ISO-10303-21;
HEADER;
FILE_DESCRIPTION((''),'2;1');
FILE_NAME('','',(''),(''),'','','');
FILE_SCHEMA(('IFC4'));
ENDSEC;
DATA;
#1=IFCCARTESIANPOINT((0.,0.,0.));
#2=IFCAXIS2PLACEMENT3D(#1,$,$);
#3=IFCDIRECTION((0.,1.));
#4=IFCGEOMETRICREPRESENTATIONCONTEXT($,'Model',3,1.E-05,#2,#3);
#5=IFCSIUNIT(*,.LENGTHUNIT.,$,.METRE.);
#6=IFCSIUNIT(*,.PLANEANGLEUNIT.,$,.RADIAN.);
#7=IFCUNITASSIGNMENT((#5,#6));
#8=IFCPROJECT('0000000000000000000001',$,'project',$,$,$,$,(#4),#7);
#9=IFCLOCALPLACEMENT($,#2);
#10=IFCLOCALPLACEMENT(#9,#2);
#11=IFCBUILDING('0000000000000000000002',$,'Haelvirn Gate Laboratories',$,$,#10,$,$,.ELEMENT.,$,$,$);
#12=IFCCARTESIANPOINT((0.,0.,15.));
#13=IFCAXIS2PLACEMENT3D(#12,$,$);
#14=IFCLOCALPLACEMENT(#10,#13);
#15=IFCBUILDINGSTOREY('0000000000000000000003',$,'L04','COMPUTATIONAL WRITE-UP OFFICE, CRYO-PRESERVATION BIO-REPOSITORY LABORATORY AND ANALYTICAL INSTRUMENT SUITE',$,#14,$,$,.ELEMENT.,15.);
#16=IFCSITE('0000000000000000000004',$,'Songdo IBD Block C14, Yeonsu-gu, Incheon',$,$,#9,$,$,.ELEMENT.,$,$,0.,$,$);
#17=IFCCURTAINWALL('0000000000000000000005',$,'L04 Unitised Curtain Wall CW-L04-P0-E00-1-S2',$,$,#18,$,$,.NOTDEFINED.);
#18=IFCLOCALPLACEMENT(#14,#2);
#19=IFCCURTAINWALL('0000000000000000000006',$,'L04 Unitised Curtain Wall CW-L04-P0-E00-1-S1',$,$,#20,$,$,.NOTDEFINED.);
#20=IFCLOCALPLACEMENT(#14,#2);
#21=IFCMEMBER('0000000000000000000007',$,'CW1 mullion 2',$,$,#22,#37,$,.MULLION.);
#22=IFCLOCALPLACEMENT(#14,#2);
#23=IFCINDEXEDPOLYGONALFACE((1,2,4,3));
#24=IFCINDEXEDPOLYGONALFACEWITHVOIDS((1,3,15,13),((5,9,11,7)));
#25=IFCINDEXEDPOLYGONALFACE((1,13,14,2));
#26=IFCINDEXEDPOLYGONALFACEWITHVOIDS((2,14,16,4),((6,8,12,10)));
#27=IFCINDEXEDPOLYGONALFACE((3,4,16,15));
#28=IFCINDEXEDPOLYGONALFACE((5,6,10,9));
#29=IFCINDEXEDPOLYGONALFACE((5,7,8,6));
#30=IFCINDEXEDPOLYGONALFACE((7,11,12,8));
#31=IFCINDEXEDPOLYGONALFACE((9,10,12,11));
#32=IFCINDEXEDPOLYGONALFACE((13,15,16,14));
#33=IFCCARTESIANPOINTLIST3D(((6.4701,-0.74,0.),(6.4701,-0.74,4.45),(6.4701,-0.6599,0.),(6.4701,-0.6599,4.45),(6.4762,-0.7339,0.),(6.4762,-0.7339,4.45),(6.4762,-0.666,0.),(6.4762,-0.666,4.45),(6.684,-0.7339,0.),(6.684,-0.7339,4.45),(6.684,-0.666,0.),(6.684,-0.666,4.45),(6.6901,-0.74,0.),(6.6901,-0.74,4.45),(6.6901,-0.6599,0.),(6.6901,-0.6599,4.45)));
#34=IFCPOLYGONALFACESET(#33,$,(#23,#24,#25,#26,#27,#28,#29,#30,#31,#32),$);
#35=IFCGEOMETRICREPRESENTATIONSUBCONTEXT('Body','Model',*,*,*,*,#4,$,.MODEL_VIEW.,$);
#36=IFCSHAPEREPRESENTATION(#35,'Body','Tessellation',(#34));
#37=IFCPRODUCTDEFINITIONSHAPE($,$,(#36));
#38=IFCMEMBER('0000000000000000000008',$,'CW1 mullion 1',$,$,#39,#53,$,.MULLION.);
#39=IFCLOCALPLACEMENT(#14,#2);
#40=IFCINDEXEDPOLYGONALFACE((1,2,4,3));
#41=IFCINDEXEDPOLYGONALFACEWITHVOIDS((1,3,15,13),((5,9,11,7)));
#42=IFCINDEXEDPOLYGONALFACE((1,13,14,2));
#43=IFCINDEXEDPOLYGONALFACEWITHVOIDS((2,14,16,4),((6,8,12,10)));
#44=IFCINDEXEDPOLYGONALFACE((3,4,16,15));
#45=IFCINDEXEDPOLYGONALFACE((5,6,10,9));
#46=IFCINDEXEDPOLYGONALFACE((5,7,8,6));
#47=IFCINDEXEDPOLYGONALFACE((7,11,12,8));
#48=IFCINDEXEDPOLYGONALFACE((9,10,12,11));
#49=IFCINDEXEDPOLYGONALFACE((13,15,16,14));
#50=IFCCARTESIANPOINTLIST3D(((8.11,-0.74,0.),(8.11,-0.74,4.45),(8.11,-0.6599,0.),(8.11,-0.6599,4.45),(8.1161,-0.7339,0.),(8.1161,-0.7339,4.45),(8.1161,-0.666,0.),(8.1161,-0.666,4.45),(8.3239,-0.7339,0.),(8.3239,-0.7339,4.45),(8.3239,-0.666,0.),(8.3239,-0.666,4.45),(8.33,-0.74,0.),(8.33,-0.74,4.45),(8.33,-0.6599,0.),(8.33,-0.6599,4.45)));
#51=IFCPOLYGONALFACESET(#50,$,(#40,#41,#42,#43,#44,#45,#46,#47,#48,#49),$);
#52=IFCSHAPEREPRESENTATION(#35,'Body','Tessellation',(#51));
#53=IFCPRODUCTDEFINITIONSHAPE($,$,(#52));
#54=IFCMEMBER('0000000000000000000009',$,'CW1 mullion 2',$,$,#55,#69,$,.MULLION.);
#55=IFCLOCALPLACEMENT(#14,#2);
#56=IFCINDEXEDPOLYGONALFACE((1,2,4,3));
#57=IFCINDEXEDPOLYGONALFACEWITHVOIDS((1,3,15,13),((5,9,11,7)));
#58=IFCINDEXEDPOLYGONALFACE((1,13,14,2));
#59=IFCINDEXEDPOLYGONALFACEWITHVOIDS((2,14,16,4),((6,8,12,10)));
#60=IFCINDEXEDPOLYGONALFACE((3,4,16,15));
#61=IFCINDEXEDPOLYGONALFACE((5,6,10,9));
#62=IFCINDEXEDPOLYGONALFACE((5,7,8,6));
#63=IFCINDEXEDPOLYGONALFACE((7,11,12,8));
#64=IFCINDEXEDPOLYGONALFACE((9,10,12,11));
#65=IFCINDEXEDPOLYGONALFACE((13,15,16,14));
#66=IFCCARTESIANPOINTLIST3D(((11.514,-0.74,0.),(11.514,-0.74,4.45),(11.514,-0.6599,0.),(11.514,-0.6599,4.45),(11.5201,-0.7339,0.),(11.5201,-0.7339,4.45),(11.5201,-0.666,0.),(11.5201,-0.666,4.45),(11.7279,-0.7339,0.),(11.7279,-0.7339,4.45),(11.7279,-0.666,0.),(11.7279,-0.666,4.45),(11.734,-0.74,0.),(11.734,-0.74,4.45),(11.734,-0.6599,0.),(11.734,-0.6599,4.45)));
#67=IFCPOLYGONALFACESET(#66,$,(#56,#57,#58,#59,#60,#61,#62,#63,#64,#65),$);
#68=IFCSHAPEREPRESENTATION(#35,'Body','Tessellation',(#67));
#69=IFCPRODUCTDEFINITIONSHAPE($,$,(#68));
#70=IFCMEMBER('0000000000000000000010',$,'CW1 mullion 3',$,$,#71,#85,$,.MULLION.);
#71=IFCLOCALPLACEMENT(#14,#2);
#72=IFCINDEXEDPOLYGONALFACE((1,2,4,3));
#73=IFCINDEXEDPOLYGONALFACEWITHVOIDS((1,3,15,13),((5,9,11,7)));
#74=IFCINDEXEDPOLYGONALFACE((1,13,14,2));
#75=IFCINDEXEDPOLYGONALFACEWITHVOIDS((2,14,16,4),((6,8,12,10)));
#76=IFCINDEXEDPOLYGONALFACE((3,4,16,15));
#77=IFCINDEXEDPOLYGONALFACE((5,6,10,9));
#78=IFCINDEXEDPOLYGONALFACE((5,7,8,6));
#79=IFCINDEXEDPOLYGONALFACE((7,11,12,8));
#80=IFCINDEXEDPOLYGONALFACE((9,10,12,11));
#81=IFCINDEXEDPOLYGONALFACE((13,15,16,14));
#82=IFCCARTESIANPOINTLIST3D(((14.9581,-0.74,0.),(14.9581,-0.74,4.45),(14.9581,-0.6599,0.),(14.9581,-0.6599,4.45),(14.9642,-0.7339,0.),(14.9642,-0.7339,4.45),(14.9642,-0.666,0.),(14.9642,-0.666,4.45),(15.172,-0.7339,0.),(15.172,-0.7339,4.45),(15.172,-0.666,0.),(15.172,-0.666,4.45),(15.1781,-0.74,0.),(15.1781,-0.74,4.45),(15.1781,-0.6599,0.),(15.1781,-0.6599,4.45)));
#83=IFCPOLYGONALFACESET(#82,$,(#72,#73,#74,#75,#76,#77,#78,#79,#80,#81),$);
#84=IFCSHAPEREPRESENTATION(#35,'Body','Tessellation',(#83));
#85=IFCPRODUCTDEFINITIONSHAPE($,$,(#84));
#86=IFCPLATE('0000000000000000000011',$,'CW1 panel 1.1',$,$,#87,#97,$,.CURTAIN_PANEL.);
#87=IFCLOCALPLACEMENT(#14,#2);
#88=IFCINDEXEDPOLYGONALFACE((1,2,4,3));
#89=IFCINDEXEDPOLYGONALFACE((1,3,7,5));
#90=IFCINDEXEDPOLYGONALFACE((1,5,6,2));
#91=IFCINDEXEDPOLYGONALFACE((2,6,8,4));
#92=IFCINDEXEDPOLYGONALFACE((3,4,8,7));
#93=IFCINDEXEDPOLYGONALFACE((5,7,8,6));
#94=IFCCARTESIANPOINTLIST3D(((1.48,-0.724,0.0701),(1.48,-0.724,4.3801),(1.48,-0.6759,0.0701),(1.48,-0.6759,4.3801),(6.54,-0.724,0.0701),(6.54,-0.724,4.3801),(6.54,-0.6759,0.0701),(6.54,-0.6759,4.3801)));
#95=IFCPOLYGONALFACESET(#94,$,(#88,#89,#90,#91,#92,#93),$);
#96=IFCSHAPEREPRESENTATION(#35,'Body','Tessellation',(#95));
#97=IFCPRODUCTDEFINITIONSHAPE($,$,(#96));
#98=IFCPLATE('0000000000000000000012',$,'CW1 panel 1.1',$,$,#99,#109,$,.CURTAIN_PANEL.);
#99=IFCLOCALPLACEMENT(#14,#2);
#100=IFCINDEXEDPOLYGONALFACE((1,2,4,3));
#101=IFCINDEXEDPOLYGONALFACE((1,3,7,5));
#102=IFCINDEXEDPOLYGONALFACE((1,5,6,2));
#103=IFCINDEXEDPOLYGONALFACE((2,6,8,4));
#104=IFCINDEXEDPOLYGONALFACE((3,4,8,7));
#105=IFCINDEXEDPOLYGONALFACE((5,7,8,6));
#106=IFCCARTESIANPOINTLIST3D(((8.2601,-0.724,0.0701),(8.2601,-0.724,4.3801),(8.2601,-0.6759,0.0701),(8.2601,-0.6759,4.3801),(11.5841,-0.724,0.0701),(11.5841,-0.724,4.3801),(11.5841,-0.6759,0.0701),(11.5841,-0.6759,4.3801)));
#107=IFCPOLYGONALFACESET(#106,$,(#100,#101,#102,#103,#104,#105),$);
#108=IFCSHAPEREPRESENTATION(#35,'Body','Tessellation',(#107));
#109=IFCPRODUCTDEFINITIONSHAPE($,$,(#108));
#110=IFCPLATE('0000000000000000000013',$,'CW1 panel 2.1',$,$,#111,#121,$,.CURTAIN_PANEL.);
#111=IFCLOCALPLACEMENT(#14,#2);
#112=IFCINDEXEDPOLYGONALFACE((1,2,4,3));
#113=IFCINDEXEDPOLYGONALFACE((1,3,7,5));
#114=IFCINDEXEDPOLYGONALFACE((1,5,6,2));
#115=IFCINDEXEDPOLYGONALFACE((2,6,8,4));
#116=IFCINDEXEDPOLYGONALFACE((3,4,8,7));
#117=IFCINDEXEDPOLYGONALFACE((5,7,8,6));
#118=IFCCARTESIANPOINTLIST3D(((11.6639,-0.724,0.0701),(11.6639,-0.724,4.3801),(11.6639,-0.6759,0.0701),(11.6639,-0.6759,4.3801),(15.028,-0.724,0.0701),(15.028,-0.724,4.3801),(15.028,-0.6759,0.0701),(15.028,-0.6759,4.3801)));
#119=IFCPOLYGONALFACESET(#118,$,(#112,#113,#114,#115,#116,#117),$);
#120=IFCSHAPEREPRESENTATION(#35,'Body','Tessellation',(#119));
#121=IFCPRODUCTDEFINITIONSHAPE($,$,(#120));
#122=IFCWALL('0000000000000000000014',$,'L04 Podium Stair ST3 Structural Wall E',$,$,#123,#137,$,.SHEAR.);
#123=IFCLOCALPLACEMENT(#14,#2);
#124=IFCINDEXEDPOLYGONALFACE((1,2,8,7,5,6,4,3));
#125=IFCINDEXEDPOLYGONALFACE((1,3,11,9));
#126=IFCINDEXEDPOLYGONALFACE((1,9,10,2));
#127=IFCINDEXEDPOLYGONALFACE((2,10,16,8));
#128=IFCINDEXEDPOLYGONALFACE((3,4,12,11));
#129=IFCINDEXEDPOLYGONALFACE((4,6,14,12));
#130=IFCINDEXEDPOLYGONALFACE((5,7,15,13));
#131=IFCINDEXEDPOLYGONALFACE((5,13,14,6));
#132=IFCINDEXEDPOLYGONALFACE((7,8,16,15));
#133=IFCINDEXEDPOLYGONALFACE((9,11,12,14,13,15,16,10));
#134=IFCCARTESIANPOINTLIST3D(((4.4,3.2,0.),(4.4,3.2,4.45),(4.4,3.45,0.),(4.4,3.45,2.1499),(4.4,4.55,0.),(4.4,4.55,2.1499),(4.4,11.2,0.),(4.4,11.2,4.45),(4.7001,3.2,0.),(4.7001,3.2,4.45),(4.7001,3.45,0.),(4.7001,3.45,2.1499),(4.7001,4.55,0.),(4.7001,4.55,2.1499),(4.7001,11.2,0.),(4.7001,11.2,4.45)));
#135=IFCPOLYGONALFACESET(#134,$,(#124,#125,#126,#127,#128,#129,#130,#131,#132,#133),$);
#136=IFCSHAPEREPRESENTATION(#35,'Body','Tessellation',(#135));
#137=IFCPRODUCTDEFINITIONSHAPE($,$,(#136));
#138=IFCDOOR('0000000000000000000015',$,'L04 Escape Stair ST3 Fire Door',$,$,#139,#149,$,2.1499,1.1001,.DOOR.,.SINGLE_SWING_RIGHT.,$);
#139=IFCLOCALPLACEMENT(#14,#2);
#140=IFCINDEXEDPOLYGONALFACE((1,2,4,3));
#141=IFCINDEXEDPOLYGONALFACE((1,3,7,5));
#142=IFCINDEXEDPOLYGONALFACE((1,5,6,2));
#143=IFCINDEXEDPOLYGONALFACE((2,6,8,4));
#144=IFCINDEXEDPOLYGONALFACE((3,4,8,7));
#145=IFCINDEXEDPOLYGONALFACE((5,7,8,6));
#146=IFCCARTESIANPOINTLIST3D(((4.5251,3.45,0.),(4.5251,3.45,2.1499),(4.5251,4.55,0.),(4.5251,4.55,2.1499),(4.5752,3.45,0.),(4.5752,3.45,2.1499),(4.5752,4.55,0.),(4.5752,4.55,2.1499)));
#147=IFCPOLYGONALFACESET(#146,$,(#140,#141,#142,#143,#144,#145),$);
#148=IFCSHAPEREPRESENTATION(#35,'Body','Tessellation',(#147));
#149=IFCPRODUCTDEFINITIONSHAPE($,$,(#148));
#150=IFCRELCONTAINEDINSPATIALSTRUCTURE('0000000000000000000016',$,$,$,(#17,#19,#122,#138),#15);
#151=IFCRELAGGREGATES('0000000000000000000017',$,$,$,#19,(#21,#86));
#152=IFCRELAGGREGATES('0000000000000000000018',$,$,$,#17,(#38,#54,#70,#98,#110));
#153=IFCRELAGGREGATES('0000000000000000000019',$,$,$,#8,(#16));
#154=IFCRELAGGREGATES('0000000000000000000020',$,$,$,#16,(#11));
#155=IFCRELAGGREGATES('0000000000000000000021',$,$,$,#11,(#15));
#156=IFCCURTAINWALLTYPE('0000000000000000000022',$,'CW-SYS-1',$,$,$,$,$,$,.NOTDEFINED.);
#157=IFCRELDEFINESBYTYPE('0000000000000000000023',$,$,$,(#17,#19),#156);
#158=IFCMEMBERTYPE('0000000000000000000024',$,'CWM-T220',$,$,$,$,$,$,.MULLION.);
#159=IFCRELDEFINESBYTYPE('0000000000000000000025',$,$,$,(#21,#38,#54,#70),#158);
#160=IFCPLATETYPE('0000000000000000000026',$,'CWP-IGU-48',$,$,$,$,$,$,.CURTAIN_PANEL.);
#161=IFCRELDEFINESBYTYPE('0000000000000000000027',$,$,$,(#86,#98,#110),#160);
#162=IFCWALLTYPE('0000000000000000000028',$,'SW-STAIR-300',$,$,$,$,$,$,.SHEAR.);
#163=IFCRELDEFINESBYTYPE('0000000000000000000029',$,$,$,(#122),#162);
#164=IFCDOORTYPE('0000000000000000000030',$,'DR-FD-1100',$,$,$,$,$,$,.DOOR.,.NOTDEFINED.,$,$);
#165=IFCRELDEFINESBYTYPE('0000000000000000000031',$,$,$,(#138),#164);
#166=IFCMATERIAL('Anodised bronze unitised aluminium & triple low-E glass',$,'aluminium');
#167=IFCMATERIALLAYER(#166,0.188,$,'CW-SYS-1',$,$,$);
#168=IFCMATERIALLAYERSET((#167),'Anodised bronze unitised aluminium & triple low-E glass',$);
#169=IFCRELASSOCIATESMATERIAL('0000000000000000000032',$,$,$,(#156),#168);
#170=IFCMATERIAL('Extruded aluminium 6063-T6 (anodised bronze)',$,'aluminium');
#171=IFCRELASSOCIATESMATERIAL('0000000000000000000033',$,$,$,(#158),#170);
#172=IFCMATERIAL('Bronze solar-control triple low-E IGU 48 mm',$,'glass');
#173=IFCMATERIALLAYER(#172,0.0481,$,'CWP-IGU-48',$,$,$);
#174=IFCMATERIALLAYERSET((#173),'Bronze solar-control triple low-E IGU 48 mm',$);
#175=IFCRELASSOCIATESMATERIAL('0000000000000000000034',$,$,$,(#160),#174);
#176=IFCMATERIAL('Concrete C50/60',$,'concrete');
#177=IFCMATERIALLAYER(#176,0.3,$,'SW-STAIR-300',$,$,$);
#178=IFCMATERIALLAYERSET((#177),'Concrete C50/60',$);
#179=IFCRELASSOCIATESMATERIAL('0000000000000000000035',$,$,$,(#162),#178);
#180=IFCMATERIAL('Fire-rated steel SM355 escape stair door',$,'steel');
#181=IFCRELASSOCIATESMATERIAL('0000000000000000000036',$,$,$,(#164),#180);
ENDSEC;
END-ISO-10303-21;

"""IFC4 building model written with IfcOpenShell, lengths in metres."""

from ifc_helpers import new_model, si_unit, direction, frame, frame_2d, origin, origin_2d, place, context, subcontext, project, spatial, rectangle, hollow_rectangle, extrude, source, transform, mapped, material, layer, layer_set, material_profile, profile_set, type_object, type_shapes, element, fill, aggregate, save


model = new_model("IFC4")

# Units and contexts
model_context = context("Model", 3, precision=1e-05, world=origin(), true_north=direction((0.0, 1.0)))
body_context = subcontext(model_context, "Body", "Model", "MODEL_VIEW")
ifc_project = project(units=[si_unit("LENGTHUNIT", "METRE"), si_unit("PLANEANGLEUNIT", "RADIAN")], contexts=[model_context])

# Site, building, storey
site_placement = place(None, origin())
site = spatial("IfcSite", under=ifc_project, at=site_placement, Name="Songdo IBD Block C14, Yeonsu-gu, Incheon", CompositionType="ELEMENT", RefElevation=0.0)
building_placement = place(site_placement, origin())
building = spatial("IfcBuilding", under=site, at=building_placement, Name="Haelvirn Gate Laboratories", CompositionType="ELEMENT")
storey_placement = place(building_placement, frame((0.0, 0.0, 15.0)))
storey = spatial("IfcBuildingStorey", under=building, at=storey_placement, Name="L04", Description="COMPUTATIONAL WRITE-UP OFFICE, CRYO-PRESERVATION BIO-REPOSITORY LABORATORY AND ANALYTICAL INSTRUMENT SUITE", CompositionType="ELEMENT", Elevation=15.0)

# Curtain wall
ifc_material_1 = material(Name="Anodised bronze unitised aluminium & triple low-E glass", Category="aluminium")
ifc_layer_1 = layer(ifc_material_1, 0.188, Name="CW-SYS-1")
ifc_layer_set_1 = layer_set([ifc_layer_1], Name="Anodised bronze unitised aluminium & triple low-E glass")
curtain_wall_type = type_object("IfcCurtainWallType", Name="CW-SYS-1", PredefinedType="NOTDEFINED", material=ifc_layer_set_1)
curtain_wall_1_placement = place(storey_placement, origin())
curtain_wall_1 = element("IfcCurtainWall", 1, at=curtain_wall_1_placement, inside=storey, type_object=curtain_wall_type, Name="L04 Unitised Curtain Wall CW-L04-P0-E00-1-S2", PredefinedType="NOTDEFINED")
ifc_material_2 = material(Name="Extruded aluminium 6063-T6 (anodised bronze)", Category="aluminium")

# Curtain wall, member
curtain_wall_2_placement = place(storey_placement, origin())
curtain_wall_2 = element("IfcCurtainWall", 2, at=curtain_wall_2_placement, inside=storey, type_object=curtain_wall_type, Name="L04 Unitised Curtain Wall CW-L04-P0-E00-1-S1", PredefinedType="NOTDEFINED")
ifc_material_profile_1 = material_profile(ifc_material_2, hollow_rectangle(XDim=0.0801, YDim=0.22, WallThickness=0.0061, at=origin_2d()), Name="CWM-220x80x6")
ifc_profile_set_1 = profile_set([ifc_material_profile_1], Name="Extruded aluminium 6063-T6 (anodised bronze)")
member_type_1 = type_object("IfcMemberType", Name="CWM-T220", PredefinedType="MULLION", material=ifc_profile_set_1)
shared_shape_1 = source(origin(), body_context, "Body", "SweptSolid", [
    extrude(hollow_rectangle(XDim=0.0801, YDim=0.22, WallThickness=0.0061, at=origin_2d()), origin(), (0.0, 0.0, 1.0), 4.45),
])
type_shapes(member_type_1, [shared_shape_1])
member_1_placement = place(storey_placement, frame((6.5801, -0.7, 0.0), z_axis=(0.0, 0.0, 1.0), x_axis=(0.0, 1.0, 0.0)))
member_1 = element("IfcMember", 3, at=member_1_placement, type_object=member_type_1, Name="CW1 mullion 2", PredefinedType="MULLION", context=body_context, shape_type="MappedRepresentation", body=[
    mapped(shared_shape_1, transform((0.0, 0.0, 0.0), scale=1.0)),
])

# Members
member_2_placement = place(storey_placement, frame((8.22, -0.7, 0.0), z_axis=(0.0, 0.0, 1.0), x_axis=(0.0, 1.0, 0.0)))
member_2 = element("IfcMember", 4, at=member_2_placement, type_object=member_type_1, Name="CW1 mullion 1", PredefinedType="MULLION", context=body_context, shape_type="MappedRepresentation", body=[
    mapped(shared_shape_1, transform((0.0, 0.0, 0.0), scale=1.0)),
])
member_3_placement = place(storey_placement, frame((11.624, -0.7, 0.0), z_axis=(0.0, 0.0, 1.0), x_axis=(0.0, 1.0, 0.0)))
member_3 = element("IfcMember", 5, at=member_3_placement, type_object=member_type_1, Name="CW1 mullion 2", PredefinedType="MULLION", context=body_context, shape_type="MappedRepresentation", body=[
    mapped(shared_shape_1, transform((0.0, 0.0, 0.0), scale=1.0)),
])
member_4_placement = place(storey_placement, frame((15.0681, -0.7, 0.0), z_axis=(0.0, 0.0, 1.0), x_axis=(0.0, 1.0, 0.0)))
member_4 = element("IfcMember", 6, at=member_4_placement, type_object=member_type_1, Name="CW1 mullion 3", PredefinedType="MULLION", context=body_context, shape_type="MappedRepresentation", body=[
    mapped(shared_shape_1, transform((0.0, 0.0, 0.0), scale=1.0)),
])

# Plates
ifc_material_3 = material(Name="Bronze solar-control triple low-E IGU 48 mm", Category="glass")
ifc_layer_2 = layer(ifc_material_3, 0.0481, Name="CWP-IGU-48")
ifc_layer_set_2 = layer_set([ifc_layer_2], Name="Bronze solar-control triple low-E IGU 48 mm")
plate_type = type_object("IfcPlateType", Name="CWP-IGU-48", PredefinedType="CURTAIN_PANEL", material=ifc_layer_set_2)
shared_shape_2 = source(origin(), body_context, "Body", "SweptSolid", [
    extrude(rectangle(XDim=5.0601, YDim=0.0481, at=origin_2d()), origin(), (0.0, 0.0, 1.0), 4.3101),
])
plate_1_placement = place(storey_placement, frame((4.01, -0.7, 0.0701), z_axis=(0.0, 0.0, 1.0), x_axis=(1.0, 0.0, 0.0)))
plate_1 = element("IfcPlate", 7, at=plate_1_placement, type_object=plate_type, Name="CW1 panel 1.1", PredefinedType="CURTAIN_PANEL", context=body_context, shape_type="MappedRepresentation", body=[
    mapped(shared_shape_2, transform((0.0, 0.0, 0.0), scale=1.0)),
])
aggregate(curtain_wall_2, [member_1, plate_1])
shared_shape_3 = source(origin(), body_context, "Body", "SweptSolid", [
    extrude(rectangle(XDim=3.324, YDim=0.0481, at=origin_2d()), origin(), (0.0, 0.0, 1.0), 4.3101),
])
plate_2_placement = place(storey_placement, frame((9.9221, -0.7, 0.0701), z_axis=(0.0, 0.0, 1.0), x_axis=(1.0, 0.0, 0.0)))
plate_2 = element("IfcPlate", 8, at=plate_2_placement, type_object=plate_type, Name="CW1 panel 1.1", PredefinedType="CURTAIN_PANEL", context=body_context, shape_type="MappedRepresentation", body=[
    mapped(shared_shape_3, transform((0.0, 0.0, 0.0), scale=1.0)),
])
shared_shape_4 = source(origin(), body_context, "Body", "SweptSolid", [
    extrude(rectangle(XDim=3.364, YDim=0.0481, at=origin_2d()), origin(), (0.0, 0.0, 1.0), 4.3101),
])
type_shapes(plate_type, [shared_shape_2, shared_shape_3, shared_shape_4])
plate_3_placement = place(storey_placement, frame((13.3459, -0.7, 0.0701), z_axis=(0.0, 0.0, 1.0), x_axis=(1.0, 0.0, 0.0)))
plate_3 = element("IfcPlate", 9, at=plate_3_placement, type_object=plate_type, Name="CW1 panel 2.1", PredefinedType="CURTAIN_PANEL", context=body_context, shape_type="MappedRepresentation", body=[
    mapped(shared_shape_4, transform((0.0, 0.0, 0.0), scale=1.0)),
])
aggregate(curtain_wall_1, [member_2, member_3, member_4, plate_2, plate_3])

# Wall, opening, door
ifc_material_4 = material(Name="Concrete C50/60", Category="concrete")
ifc_layer_3 = layer(ifc_material_4, 0.3, Name="SW-STAIR-300")
ifc_layer_set_3 = layer_set([ifc_layer_3], Name="Concrete C50/60")
wall_type = type_object("IfcWallType", Name="SW-STAIR-300", PredefinedType="SHEAR", material=ifc_layer_set_3)
wall_placement = place(storey_placement, frame((4.55, 3.2, 0.0), z_axis=(0.0, 0.0, 1.0), x_axis=(0.0, 1.0, 0.0)))
wall = element("IfcWall", 10, at=wall_placement, inside=storey, type_object=wall_type, Name="L04 Podium Stair ST3 Structural Wall E", PredefinedType="SHEAR", context=body_context, shape_type="SweptSolid", body=[
    extrude(rectangle(XDim=8.0, YDim=0.3, at=frame_2d((4.0, 0.0))), origin(), (0.0, 0.0, 1.0), 4.45),
])
opening_placement = place(wall_placement, frame((0.25, 0.0, 0.0)))
opening = element("IfcOpeningElement", 11, at=opening_placement, cuts=wall, PredefinedType="OPENING", context=body_context, shape_type="SweptSolid", body=[
    extrude(rectangle(XDim=1.1001, YDim=2.1499, at=frame_2d((0.55, 1.075))), frame((0.0, 0.1602, 0.0), z_axis=(0.0, -1.0, 0.0), x_axis=(1.0, 0.0, 0.0)), (0.0, 0.0, 1.0), 0.3201),
])
ifc_material_5 = material(Name="Fire-rated steel SM355 escape stair door", Category="steel")
door_type = type_object("IfcDoorType", Name="DR-FD-1100", OperationType="NOTDEFINED", PredefinedType="DOOR", material=ifc_material_5)
shared_shape_5 = source(origin(), body_context, "Body", "SweptSolid", [
    extrude(rectangle(XDim=1.1001, YDim=2.1499, at=frame_2d((0.55, 1.075))), frame((0.0, 0.0249, 0.0), z_axis=(0.0, -1.0, 0.0), x_axis=(1.0, 0.0, 0.0)), (0.0, 0.0, 1.0), 0.05),
])
type_shapes(door_type, [shared_shape_5])
door_placement = place(opening_placement, origin())
door = element("IfcDoor", 12, at=door_placement, inside=storey, type_object=door_type, Name="L04 Escape Stair ST3 Fire Door", OperationType="SINGLE_SWING_RIGHT", OverallHeight=2.1499, OverallWidth=1.1001, PredefinedType="DOOR", context=body_context, shape_type="MappedRepresentation", body=[
    mapped(shared_shape_5, transform((0.0, 0.0, 0.0), scale=1.0)),
])
fill(opening, door)

save(model, "model.ifc")
